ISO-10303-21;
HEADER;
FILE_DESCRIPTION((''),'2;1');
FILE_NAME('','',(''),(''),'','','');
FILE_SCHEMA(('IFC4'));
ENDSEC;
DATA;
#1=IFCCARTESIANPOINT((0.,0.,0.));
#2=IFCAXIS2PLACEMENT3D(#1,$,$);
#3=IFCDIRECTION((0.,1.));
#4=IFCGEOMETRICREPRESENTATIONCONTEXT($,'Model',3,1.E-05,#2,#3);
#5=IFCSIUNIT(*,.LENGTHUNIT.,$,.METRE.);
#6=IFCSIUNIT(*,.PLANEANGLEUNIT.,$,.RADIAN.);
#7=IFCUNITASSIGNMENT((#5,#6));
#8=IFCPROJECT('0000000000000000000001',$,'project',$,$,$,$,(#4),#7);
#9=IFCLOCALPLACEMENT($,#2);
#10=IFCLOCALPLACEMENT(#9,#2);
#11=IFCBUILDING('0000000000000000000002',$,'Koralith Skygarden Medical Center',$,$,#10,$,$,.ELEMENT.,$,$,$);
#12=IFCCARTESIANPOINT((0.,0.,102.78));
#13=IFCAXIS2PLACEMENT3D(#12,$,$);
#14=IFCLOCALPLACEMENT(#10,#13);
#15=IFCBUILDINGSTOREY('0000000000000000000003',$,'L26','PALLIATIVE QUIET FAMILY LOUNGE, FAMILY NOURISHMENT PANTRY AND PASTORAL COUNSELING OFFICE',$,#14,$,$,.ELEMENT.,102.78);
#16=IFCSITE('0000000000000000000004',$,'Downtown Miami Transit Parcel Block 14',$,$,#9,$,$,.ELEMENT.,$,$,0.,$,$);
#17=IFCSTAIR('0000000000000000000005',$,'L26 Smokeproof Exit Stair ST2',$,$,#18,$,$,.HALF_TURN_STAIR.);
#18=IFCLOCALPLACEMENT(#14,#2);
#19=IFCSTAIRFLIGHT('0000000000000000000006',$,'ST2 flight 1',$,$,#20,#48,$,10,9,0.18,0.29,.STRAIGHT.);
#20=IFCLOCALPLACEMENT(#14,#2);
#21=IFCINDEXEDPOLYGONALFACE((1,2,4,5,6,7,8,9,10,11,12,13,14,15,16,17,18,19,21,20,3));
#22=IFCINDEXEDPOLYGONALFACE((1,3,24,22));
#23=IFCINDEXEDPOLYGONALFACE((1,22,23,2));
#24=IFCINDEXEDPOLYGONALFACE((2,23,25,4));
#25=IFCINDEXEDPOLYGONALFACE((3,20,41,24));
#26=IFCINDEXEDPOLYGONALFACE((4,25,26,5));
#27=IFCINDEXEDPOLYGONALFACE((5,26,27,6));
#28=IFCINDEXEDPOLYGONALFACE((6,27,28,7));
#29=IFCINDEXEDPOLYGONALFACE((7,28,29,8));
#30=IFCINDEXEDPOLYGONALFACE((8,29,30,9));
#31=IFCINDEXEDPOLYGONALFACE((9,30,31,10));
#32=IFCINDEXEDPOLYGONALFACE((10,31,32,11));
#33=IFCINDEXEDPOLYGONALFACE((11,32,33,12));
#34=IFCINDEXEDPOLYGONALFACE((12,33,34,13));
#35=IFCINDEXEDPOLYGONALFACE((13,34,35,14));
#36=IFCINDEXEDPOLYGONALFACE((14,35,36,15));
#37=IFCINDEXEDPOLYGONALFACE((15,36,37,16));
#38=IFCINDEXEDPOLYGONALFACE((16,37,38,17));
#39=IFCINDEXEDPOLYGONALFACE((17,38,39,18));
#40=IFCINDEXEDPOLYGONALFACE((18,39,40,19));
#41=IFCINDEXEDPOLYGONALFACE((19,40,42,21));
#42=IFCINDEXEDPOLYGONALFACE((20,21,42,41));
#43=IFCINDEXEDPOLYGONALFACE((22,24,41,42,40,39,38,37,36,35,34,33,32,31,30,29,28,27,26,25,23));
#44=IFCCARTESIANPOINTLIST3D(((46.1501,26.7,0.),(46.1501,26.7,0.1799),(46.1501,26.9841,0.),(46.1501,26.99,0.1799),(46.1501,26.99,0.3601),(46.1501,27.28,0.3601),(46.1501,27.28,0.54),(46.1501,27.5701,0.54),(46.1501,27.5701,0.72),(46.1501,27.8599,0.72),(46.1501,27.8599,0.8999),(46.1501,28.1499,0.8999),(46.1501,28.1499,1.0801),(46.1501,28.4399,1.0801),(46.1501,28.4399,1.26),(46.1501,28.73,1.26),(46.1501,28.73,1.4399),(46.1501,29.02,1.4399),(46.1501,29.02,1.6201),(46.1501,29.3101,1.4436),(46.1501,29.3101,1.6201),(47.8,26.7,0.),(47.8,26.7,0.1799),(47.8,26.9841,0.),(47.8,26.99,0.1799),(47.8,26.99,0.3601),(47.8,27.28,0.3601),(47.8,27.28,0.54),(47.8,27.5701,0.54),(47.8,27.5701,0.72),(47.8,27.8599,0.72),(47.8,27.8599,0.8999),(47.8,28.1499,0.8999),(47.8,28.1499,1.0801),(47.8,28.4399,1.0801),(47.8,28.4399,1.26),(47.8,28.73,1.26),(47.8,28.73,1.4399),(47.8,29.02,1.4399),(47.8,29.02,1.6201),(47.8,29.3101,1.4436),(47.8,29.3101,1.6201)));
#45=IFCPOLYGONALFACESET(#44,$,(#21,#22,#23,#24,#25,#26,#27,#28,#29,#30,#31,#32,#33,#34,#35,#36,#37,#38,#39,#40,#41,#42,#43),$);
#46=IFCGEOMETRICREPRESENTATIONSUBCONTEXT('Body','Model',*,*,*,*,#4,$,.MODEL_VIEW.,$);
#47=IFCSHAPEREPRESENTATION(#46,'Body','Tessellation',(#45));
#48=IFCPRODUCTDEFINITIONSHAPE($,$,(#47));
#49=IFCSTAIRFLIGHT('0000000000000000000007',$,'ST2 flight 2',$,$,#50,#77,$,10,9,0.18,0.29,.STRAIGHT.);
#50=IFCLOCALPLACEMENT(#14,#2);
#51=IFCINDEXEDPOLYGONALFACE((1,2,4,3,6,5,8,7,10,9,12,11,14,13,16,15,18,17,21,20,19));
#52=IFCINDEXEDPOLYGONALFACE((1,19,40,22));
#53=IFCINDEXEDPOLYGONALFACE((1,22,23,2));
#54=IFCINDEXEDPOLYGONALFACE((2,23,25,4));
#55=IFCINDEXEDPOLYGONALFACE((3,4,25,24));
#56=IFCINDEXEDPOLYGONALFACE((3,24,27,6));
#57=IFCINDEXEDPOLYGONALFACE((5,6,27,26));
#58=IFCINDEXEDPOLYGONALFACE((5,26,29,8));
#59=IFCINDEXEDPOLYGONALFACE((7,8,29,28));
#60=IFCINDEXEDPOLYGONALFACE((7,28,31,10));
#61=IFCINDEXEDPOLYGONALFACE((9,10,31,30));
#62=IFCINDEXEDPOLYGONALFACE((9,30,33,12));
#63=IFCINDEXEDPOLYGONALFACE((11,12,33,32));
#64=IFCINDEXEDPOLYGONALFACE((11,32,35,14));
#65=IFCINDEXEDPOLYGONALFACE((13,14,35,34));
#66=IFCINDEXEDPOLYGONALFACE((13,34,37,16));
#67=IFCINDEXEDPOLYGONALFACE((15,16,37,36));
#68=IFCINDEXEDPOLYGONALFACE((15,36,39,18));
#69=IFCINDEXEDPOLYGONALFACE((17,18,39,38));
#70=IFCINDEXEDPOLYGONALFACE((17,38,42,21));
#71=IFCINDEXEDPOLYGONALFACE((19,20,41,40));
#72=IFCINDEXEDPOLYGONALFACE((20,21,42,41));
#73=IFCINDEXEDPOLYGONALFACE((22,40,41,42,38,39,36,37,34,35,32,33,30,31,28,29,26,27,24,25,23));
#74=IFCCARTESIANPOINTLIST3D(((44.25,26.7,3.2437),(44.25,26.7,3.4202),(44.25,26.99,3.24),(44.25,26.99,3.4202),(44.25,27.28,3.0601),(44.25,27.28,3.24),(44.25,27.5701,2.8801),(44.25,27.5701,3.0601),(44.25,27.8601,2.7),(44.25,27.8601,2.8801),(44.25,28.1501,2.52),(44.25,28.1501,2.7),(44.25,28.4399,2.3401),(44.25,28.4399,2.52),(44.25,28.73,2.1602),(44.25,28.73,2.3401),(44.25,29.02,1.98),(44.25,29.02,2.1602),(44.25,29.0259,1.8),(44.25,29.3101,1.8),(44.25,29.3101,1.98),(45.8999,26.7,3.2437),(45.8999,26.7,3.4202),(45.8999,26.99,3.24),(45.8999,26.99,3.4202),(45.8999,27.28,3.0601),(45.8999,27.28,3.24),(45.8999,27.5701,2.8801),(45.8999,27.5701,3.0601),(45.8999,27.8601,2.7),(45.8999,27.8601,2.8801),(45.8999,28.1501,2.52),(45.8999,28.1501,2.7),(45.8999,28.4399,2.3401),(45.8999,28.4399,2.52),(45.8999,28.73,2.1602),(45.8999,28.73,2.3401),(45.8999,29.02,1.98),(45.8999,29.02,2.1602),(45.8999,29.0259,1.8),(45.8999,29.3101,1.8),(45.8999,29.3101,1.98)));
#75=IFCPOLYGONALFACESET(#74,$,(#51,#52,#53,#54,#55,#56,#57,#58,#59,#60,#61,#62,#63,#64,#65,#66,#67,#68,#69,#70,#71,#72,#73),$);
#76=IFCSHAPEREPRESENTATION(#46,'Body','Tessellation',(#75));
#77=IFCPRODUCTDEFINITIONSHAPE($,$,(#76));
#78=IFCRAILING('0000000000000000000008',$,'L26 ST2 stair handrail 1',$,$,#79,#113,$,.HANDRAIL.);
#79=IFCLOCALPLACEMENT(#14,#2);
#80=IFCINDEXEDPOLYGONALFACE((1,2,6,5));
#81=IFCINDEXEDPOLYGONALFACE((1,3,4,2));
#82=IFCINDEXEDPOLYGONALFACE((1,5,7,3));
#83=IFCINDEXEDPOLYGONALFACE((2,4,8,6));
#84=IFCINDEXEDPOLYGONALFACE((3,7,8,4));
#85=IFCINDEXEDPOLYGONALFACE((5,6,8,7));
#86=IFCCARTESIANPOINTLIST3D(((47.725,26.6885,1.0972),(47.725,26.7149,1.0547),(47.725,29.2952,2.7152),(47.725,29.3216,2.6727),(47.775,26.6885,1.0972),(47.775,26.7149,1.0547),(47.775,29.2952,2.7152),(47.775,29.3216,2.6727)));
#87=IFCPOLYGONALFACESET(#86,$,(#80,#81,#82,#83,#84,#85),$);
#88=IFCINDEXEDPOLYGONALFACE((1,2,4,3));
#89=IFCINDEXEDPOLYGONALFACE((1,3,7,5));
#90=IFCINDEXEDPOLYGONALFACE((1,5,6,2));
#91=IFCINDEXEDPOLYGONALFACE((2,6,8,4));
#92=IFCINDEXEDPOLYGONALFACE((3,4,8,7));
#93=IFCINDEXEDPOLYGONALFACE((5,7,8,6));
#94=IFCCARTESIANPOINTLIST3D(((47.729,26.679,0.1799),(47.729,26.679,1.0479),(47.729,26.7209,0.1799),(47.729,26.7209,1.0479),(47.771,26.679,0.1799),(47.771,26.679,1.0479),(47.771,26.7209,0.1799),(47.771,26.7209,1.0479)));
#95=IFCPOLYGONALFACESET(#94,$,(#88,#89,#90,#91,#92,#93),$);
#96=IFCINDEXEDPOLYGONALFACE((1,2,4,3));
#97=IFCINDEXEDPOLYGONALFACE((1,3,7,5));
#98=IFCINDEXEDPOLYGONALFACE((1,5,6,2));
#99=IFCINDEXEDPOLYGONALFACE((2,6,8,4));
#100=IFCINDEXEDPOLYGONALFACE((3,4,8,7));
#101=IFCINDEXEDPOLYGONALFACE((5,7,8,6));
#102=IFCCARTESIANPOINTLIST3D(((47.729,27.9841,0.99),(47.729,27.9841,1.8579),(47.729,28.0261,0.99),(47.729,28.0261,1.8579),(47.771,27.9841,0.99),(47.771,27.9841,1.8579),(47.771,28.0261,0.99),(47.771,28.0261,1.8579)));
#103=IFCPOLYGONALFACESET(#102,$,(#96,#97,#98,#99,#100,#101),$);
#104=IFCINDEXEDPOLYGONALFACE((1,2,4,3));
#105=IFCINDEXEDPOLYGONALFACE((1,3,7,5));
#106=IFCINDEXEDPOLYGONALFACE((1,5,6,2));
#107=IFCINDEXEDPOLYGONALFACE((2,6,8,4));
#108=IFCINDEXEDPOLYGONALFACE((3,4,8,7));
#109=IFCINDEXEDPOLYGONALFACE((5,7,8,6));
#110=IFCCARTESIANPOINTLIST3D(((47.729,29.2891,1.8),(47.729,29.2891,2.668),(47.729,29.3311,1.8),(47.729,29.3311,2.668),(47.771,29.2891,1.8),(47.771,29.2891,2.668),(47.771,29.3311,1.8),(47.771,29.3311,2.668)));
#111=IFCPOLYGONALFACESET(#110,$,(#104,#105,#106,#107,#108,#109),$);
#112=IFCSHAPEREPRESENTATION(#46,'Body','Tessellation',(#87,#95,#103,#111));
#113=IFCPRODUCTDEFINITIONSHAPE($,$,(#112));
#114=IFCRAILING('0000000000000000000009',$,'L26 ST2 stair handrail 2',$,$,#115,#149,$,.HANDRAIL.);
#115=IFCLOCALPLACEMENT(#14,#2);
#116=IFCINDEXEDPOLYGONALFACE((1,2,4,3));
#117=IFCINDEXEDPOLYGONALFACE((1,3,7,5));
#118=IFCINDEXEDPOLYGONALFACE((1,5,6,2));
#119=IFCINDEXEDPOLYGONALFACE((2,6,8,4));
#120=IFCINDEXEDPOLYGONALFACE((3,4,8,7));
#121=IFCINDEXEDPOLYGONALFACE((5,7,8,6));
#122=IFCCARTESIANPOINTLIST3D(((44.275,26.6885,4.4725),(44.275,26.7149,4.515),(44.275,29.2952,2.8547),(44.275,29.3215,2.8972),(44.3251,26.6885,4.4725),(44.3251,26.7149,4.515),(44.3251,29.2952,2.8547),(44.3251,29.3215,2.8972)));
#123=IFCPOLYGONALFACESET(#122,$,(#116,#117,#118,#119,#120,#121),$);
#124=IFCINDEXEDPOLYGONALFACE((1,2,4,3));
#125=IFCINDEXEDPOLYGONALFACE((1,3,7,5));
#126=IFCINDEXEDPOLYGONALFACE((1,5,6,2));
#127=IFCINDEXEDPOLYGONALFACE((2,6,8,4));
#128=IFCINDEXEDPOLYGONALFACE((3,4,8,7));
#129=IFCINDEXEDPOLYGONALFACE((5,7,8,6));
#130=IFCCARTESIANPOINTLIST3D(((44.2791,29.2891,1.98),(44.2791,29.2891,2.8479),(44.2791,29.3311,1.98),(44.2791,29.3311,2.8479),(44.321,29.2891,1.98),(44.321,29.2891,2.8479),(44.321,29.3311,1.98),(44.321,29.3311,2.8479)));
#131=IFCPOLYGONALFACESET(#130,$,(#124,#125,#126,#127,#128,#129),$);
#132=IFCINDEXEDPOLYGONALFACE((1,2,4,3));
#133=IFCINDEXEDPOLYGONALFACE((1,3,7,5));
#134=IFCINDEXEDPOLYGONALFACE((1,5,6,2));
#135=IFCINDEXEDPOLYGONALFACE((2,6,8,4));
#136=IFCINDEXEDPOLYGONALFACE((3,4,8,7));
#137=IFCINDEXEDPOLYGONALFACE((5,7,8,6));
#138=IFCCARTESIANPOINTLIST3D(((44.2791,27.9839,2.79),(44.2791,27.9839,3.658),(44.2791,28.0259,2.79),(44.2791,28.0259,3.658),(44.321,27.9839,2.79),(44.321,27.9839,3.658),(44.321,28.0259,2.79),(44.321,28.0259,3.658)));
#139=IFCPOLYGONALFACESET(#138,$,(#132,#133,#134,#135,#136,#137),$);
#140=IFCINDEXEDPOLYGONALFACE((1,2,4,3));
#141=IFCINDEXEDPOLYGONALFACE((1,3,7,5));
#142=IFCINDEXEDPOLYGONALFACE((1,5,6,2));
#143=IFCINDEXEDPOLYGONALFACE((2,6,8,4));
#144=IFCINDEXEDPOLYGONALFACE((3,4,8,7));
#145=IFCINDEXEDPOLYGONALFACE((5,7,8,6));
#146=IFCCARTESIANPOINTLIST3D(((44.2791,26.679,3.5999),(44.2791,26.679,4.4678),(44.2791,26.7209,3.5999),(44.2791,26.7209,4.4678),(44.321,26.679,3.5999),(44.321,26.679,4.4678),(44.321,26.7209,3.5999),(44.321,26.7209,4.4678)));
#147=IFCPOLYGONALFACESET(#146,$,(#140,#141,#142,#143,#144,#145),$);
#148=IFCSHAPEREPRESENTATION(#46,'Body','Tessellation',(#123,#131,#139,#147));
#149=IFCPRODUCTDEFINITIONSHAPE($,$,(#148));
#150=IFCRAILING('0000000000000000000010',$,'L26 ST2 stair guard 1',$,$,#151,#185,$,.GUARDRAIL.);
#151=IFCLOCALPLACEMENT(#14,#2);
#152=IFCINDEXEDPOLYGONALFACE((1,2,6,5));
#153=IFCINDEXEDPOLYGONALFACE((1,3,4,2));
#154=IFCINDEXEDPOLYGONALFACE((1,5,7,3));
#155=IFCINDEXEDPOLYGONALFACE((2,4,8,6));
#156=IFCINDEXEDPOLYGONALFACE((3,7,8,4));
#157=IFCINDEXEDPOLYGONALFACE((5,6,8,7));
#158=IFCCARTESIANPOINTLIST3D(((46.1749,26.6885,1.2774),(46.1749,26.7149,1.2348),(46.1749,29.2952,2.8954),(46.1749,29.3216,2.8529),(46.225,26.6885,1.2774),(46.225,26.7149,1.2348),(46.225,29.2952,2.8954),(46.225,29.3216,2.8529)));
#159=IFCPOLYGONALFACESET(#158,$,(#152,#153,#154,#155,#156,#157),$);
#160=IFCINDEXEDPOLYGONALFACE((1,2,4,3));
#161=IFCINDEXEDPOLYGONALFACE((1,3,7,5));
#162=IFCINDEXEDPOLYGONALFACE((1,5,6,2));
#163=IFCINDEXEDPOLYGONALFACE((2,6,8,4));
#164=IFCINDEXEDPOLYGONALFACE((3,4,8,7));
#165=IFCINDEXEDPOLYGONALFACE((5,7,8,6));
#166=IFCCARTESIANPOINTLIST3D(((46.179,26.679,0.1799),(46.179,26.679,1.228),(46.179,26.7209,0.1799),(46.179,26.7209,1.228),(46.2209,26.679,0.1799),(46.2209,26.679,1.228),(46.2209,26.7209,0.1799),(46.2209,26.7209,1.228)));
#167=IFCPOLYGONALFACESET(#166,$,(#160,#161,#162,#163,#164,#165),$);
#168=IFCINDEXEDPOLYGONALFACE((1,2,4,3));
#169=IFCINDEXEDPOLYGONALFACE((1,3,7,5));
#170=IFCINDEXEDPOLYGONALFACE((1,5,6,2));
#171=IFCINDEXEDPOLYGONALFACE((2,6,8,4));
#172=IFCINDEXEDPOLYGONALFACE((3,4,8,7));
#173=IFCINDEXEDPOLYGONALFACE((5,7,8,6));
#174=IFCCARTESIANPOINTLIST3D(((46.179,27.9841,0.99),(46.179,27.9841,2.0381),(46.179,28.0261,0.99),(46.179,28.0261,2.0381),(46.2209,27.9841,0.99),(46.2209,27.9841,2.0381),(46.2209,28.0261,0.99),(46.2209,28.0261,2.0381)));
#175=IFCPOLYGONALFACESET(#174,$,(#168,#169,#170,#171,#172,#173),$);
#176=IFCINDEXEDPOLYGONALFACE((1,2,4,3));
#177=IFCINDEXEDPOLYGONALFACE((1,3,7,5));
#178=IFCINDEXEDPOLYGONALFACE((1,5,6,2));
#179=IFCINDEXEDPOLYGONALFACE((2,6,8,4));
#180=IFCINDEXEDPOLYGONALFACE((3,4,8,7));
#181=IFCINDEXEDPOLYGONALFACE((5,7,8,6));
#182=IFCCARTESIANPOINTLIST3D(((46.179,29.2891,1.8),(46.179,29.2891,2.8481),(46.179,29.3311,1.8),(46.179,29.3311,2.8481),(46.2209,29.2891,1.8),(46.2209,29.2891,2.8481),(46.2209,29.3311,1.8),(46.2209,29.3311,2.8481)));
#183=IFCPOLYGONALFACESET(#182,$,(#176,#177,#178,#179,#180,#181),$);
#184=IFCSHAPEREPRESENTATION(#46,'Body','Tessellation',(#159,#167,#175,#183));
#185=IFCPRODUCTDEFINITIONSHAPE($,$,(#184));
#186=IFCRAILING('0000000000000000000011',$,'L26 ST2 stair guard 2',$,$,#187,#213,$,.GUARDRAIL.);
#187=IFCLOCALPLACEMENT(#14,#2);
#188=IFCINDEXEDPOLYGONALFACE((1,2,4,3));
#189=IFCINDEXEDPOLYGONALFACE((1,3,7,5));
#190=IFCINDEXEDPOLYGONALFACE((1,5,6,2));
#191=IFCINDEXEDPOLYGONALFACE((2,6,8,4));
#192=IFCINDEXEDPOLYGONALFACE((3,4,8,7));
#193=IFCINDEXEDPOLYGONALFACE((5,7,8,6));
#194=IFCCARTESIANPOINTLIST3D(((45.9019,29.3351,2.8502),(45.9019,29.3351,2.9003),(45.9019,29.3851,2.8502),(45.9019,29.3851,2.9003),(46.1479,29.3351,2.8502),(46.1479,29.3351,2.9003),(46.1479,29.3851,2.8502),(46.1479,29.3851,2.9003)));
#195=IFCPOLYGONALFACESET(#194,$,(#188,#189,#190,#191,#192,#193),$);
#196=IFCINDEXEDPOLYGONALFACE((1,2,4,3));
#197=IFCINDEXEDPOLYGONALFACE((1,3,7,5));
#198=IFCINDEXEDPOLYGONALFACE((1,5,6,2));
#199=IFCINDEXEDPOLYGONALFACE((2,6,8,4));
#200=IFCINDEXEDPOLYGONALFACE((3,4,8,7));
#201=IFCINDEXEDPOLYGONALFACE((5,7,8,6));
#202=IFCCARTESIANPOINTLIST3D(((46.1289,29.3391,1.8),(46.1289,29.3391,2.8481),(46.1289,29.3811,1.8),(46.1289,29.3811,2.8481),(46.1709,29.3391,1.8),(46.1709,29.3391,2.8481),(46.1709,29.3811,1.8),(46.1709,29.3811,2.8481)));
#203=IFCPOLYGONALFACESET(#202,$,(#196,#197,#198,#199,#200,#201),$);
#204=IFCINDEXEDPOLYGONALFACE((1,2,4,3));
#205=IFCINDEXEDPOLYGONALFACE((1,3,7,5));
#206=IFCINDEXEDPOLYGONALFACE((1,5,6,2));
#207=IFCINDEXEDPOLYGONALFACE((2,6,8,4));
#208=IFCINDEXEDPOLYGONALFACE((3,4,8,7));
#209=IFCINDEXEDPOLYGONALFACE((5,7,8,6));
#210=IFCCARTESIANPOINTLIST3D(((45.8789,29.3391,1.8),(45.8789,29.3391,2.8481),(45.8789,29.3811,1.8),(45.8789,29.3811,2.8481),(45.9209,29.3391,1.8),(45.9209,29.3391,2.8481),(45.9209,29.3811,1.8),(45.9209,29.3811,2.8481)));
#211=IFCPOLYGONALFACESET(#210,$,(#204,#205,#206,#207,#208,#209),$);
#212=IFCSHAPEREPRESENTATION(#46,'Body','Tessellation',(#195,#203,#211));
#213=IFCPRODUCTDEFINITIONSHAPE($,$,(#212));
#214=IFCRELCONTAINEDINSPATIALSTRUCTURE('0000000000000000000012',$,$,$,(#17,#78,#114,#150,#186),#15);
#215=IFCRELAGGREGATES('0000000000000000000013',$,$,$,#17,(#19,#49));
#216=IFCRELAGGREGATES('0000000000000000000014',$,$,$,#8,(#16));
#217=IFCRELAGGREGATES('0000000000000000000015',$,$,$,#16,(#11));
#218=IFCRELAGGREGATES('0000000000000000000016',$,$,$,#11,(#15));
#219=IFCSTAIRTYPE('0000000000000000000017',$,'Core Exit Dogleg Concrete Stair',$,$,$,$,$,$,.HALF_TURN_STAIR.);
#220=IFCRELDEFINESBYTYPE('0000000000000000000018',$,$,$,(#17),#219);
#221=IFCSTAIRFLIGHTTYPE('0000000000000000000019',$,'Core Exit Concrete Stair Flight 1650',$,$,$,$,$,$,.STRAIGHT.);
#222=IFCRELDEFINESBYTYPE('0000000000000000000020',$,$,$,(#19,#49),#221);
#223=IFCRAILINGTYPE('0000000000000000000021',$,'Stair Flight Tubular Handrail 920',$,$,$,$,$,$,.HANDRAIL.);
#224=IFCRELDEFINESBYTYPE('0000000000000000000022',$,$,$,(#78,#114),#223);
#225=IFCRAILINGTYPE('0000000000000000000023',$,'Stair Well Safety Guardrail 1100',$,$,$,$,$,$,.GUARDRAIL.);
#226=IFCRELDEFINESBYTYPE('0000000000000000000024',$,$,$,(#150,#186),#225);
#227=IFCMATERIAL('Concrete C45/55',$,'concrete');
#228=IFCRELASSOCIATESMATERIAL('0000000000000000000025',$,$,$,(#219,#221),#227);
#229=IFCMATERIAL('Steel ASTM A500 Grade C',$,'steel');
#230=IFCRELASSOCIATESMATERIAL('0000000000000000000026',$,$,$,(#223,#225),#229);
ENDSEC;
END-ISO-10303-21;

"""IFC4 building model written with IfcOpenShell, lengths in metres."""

from ifc_helpers import new_model, si_unit, direction, frame, origin, origin_2d, place, context, subcontext, project, spatial, polyline, rectangle, outline, extrude, material, type_object, element, aggregate, save


model = new_model("IFC4")

# Units and contexts
model_context = context("Model", 3, precision=1e-05, world=origin(), true_north=direction((0.0, 1.0)))
body_context = subcontext(model_context, "Body", "Model", "MODEL_VIEW")
ifc_project = project(units=[si_unit("LENGTHUNIT", "METRE"), si_unit("PLANEANGLEUNIT", "RADIAN")], contexts=[model_context])

# Site, building, storey
site_placement = place(None, origin())
site = spatial("IfcSite", under=ifc_project, at=site_placement, Name="Downtown Miami Transit Parcel Block 14", CompositionType="ELEMENT", RefElevation=0.0)
building_placement = place(site_placement, origin())
building = spatial("IfcBuilding", under=site, at=building_placement, Name="Koralith Skygarden Medical Center", CompositionType="ELEMENT")
storey_placement = place(building_placement, frame((0.0, 0.0, 102.78)))
storey = spatial("IfcBuildingStorey", under=building, at=storey_placement, Name="L26", Description="PALLIATIVE QUIET FAMILY LOUNGE, FAMILY NOURISHMENT PANTRY AND PASTORAL COUNSELING OFFICE", CompositionType="ELEMENT", Elevation=102.78)

# Shared definitions
ifc_material_1 = material(Name="Concrete C45/55", Category="concrete")

# Shared definitions
ifc_material_2 = material(Name="Steel ASTM A500 Grade C", Category="steel")

# Stair, stair flights
stair_type = type_object("IfcStairType", Name="Core Exit Dogleg Concrete Stair", PredefinedType="HALF_TURN_STAIR", material=ifc_material_1)
stair_placement = place(storey_placement, origin())
stair = element("IfcStair", 1, at=stair_placement, inside=storey, type_object=stair_type, Name="L26 Smokeproof Exit Stair ST2", PredefinedType="HALF_TURN_STAIR")
stair_flight_type = type_object("IfcStairFlightType", Name="Core Exit Concrete Stair Flight 1650", PredefinedType="STRAIGHT", material=ifc_material_1)
stair_flight_1_placement = place(storey_placement, frame((46.9751, 26.7, 0.0), z_axis=(0.0, 0.0, 1.0), x_axis=(0.0, 1.0, 0.0)))
stair_flight_1 = element("IfcStairFlight", 2, at=stair_flight_1_placement, type_object=stair_flight_type, Name="ST2 flight 1", NumberOfRisers=10, NumberOfTreads=9, PredefinedType="STRAIGHT", RiserHeight=0.18, TreadLength=0.29, context=body_context, shape_type="SweptSolid", body=[
    extrude(outline(polyline([(0.0, 0.0), (0.0, 0.1799), (0.29, 0.1799), (0.29, 0.3601), (0.5801, 0.3601), (0.5801, 0.54), (0.8701, 0.54), (0.8701, 0.72), (1.1599, 0.72), (1.1599, 0.8999), (1.45, 0.8999), (1.45, 1.0801), (1.74, 1.0801), (1.74, 1.26), (2.03, 1.26), (2.03, 1.4399), (2.3201, 1.4399), (2.3201, 1.6201), (2.6101, 1.6201), (2.6101, 1.8), (2.6101, 1.4436), (0.2842, 0.0), (0.0, 0.0)])), frame((0.0, 0.825, 0.0), z_axis=(0.0, -1.0, 0.0), x_axis=(1.0, 0.0, 0.0)), (0.0, 0.0, 1.0), 1.6499),
])
stair_flight_2_placement = place(storey_placement, frame((45.075, 29.3101, 1.8), z_axis=(0.0, 0.0, 1.0), x_axis=(0.0, -1.0, 0.0)))
stair_flight_2 = element("IfcStairFlight", 3, at=stair_flight_2_placement, type_object=stair_flight_type, Name="ST2 flight 2", NumberOfRisers=10, NumberOfTreads=9, PredefinedType="STRAIGHT", RiserHeight=0.18, TreadLength=0.29, context=body_context, shape_type="SweptSolid", body=[
    extrude(outline(polyline([(0.0, 0.0), (0.0, 0.1799), (0.29, 0.1799), (0.29, 0.3601), (0.5801, 0.3601), (0.5801, 0.54), (0.8701, 0.54), (0.8701, 0.72), (1.1599, 0.72), (1.1599, 0.8999), (1.45, 0.8999), (1.45, 1.0801), (1.74, 1.0801), (1.74, 1.26), (2.03, 1.26), (2.03, 1.4399), (2.3201, 1.4399), (2.3201, 1.6201), (2.6101, 1.6201), (2.6101, 1.8), (2.6101, 1.4436), (0.2842, 0.0), (0.0, 0.0)])), frame((0.0, 0.825, 0.0), z_axis=(0.0, -1.0, 0.0), x_axis=(1.0, 0.0, 0.0)), (0.0, 0.0, 1.0), 1.6499),
])
aggregate(stair, [stair_flight_1, stair_flight_2])

# Railings
railing_type_1 = type_object("IfcRailingType", Name="Stair Flight Tubular Handrail 920", PredefinedType="HANDRAIL", material=ifc_material_2)
railing_1_placement = place(storey_placement, frame((47.75, 26.7, 0.1799)))
element("IfcRailing", 4, at=railing_1_placement, inside=storey, type_object=railing_type_1, Name="L26 ST2 stair handrail 1", PredefinedType="HANDRAIL", context=body_context, shape_type="SweptSolid", body=[
    extrude(rectangle(XDim=0.05, YDim=0.05, at=origin_2d()), frame((0.0, 0.0017, 0.896), z_axis=(0.0, 0.849633, 0.527375), x_axis=(-1.0, 0.0, 0.0)), (0.0, 0.0, 1.0), 3.0681),
    extrude(rectangle(XDim=0.042, YDim=0.042, at=origin_2d()), origin(), (0.0, 0.0, 1.0), 0.8679),
    extrude(rectangle(XDim=0.042, YDim=0.042, at=origin_2d()), frame((0.0, 1.3052, 0.8101)), (0.0, 0.0, 1.0), 0.8679),
    extrude(rectangle(XDim=0.042, YDim=0.042, at=origin_2d()), frame((0.0, 2.6101, 1.6201)), (0.0, 0.0, 1.0), 0.8679),
])
railing_2_placement = place(storey_placement, frame((44.3, 29.3101, 1.98)))
element("IfcRailing", 5, at=railing_2_placement, inside=storey, type_object=railing_type_1, Name="L26 ST2 stair handrail 2", PredefinedType="HANDRAIL", context=body_context, shape_type="SweptSolid", body=[
    extrude(rectangle(XDim=0.05, YDim=0.05, at=origin_2d()), frame((0.0, -0.0017, 0.896), z_axis=(0.0, -0.849668, 0.527317), x_axis=(1.0, 0.0, 0.0)), (0.0, 0.0, 1.0), 3.0679),
    extrude(rectangle(XDim=0.042, YDim=0.042, at=origin_2d()), origin(), (0.0, 0.0, 1.0), 0.8679),
    extrude(rectangle(XDim=0.042, YDim=0.042, at=origin_2d()), frame((0.0, -1.3052, 0.8101)), (0.0, 0.0, 1.0), 0.8679),
    extrude(rectangle(XDim=0.042, YDim=0.042, at=origin_2d()), frame((0.0, -2.6101, 1.6199)), (0.0, 0.0, 1.0), 0.8679),
])
railing_type_2 = type_object("IfcRailingType", Name="Stair Well Safety Guardrail 1100", PredefinedType="GUARDRAIL", material=ifc_material_2)
railing_3_placement = place(storey_placement, frame((46.2, 26.7, 0.1799)))
element("IfcRailing", 6, at=railing_3_placement, inside=storey, type_object=railing_type_2, Name="L26 ST2 stair guard 1", PredefinedType="GUARDRAIL", context=body_context, shape_type="SweptSolid", body=[
    extrude(rectangle(XDim=0.05, YDim=0.05, at=origin_2d()), frame((0.0, 0.0017, 1.0762), z_axis=(0.0, 0.849633, 0.527375), x_axis=(-1.0, 0.0, 0.0)), (0.0, 0.0, 1.0), 3.0681),
    extrude(rectangle(XDim=0.042, YDim=0.042, at=origin_2d()), origin(), (0.0, 0.0, 1.0), 1.0481),
    extrude(rectangle(XDim=0.042, YDim=0.042, at=origin_2d()), frame((0.0, 1.3052, 0.8101)), (0.0, 0.0, 1.0), 1.0481),
    extrude(rectangle(XDim=0.042, YDim=0.042, at=origin_2d()), frame((0.0, 2.6101, 1.6201)), (0.0, 0.0, 1.0), 1.0481),
])
railing_4_placement = place(storey_placement, frame((46.1499, 29.3601, 1.8)))
element("IfcRailing", 7, at=railing_4_placement, inside=storey, type_object=railing_type_2, Name="L26 ST2 stair guard 2", PredefinedType="GUARDRAIL", context=body_context, shape_type="SweptSolid", body=[
    extrude(rectangle(XDim=0.05, YDim=0.05, at=origin_2d()), frame((-0.002, 0.0, 1.0752), z_axis=(-1.0, 0.0, 0.0), x_axis=(0.0, -1.0, 0.0)), (0.0, 0.0, 1.0), 0.2461),
    extrude(rectangle(XDim=0.042, YDim=0.042, at=origin_2d()), origin(), (0.0, 0.0, 1.0), 1.0481),
    extrude(rectangle(XDim=0.042, YDim=0.042, at=origin_2d()), frame((-0.25, 0.0, 0.0)), (0.0, 0.0, 1.0), 1.0481),
])

save(model, "model.ifc")
